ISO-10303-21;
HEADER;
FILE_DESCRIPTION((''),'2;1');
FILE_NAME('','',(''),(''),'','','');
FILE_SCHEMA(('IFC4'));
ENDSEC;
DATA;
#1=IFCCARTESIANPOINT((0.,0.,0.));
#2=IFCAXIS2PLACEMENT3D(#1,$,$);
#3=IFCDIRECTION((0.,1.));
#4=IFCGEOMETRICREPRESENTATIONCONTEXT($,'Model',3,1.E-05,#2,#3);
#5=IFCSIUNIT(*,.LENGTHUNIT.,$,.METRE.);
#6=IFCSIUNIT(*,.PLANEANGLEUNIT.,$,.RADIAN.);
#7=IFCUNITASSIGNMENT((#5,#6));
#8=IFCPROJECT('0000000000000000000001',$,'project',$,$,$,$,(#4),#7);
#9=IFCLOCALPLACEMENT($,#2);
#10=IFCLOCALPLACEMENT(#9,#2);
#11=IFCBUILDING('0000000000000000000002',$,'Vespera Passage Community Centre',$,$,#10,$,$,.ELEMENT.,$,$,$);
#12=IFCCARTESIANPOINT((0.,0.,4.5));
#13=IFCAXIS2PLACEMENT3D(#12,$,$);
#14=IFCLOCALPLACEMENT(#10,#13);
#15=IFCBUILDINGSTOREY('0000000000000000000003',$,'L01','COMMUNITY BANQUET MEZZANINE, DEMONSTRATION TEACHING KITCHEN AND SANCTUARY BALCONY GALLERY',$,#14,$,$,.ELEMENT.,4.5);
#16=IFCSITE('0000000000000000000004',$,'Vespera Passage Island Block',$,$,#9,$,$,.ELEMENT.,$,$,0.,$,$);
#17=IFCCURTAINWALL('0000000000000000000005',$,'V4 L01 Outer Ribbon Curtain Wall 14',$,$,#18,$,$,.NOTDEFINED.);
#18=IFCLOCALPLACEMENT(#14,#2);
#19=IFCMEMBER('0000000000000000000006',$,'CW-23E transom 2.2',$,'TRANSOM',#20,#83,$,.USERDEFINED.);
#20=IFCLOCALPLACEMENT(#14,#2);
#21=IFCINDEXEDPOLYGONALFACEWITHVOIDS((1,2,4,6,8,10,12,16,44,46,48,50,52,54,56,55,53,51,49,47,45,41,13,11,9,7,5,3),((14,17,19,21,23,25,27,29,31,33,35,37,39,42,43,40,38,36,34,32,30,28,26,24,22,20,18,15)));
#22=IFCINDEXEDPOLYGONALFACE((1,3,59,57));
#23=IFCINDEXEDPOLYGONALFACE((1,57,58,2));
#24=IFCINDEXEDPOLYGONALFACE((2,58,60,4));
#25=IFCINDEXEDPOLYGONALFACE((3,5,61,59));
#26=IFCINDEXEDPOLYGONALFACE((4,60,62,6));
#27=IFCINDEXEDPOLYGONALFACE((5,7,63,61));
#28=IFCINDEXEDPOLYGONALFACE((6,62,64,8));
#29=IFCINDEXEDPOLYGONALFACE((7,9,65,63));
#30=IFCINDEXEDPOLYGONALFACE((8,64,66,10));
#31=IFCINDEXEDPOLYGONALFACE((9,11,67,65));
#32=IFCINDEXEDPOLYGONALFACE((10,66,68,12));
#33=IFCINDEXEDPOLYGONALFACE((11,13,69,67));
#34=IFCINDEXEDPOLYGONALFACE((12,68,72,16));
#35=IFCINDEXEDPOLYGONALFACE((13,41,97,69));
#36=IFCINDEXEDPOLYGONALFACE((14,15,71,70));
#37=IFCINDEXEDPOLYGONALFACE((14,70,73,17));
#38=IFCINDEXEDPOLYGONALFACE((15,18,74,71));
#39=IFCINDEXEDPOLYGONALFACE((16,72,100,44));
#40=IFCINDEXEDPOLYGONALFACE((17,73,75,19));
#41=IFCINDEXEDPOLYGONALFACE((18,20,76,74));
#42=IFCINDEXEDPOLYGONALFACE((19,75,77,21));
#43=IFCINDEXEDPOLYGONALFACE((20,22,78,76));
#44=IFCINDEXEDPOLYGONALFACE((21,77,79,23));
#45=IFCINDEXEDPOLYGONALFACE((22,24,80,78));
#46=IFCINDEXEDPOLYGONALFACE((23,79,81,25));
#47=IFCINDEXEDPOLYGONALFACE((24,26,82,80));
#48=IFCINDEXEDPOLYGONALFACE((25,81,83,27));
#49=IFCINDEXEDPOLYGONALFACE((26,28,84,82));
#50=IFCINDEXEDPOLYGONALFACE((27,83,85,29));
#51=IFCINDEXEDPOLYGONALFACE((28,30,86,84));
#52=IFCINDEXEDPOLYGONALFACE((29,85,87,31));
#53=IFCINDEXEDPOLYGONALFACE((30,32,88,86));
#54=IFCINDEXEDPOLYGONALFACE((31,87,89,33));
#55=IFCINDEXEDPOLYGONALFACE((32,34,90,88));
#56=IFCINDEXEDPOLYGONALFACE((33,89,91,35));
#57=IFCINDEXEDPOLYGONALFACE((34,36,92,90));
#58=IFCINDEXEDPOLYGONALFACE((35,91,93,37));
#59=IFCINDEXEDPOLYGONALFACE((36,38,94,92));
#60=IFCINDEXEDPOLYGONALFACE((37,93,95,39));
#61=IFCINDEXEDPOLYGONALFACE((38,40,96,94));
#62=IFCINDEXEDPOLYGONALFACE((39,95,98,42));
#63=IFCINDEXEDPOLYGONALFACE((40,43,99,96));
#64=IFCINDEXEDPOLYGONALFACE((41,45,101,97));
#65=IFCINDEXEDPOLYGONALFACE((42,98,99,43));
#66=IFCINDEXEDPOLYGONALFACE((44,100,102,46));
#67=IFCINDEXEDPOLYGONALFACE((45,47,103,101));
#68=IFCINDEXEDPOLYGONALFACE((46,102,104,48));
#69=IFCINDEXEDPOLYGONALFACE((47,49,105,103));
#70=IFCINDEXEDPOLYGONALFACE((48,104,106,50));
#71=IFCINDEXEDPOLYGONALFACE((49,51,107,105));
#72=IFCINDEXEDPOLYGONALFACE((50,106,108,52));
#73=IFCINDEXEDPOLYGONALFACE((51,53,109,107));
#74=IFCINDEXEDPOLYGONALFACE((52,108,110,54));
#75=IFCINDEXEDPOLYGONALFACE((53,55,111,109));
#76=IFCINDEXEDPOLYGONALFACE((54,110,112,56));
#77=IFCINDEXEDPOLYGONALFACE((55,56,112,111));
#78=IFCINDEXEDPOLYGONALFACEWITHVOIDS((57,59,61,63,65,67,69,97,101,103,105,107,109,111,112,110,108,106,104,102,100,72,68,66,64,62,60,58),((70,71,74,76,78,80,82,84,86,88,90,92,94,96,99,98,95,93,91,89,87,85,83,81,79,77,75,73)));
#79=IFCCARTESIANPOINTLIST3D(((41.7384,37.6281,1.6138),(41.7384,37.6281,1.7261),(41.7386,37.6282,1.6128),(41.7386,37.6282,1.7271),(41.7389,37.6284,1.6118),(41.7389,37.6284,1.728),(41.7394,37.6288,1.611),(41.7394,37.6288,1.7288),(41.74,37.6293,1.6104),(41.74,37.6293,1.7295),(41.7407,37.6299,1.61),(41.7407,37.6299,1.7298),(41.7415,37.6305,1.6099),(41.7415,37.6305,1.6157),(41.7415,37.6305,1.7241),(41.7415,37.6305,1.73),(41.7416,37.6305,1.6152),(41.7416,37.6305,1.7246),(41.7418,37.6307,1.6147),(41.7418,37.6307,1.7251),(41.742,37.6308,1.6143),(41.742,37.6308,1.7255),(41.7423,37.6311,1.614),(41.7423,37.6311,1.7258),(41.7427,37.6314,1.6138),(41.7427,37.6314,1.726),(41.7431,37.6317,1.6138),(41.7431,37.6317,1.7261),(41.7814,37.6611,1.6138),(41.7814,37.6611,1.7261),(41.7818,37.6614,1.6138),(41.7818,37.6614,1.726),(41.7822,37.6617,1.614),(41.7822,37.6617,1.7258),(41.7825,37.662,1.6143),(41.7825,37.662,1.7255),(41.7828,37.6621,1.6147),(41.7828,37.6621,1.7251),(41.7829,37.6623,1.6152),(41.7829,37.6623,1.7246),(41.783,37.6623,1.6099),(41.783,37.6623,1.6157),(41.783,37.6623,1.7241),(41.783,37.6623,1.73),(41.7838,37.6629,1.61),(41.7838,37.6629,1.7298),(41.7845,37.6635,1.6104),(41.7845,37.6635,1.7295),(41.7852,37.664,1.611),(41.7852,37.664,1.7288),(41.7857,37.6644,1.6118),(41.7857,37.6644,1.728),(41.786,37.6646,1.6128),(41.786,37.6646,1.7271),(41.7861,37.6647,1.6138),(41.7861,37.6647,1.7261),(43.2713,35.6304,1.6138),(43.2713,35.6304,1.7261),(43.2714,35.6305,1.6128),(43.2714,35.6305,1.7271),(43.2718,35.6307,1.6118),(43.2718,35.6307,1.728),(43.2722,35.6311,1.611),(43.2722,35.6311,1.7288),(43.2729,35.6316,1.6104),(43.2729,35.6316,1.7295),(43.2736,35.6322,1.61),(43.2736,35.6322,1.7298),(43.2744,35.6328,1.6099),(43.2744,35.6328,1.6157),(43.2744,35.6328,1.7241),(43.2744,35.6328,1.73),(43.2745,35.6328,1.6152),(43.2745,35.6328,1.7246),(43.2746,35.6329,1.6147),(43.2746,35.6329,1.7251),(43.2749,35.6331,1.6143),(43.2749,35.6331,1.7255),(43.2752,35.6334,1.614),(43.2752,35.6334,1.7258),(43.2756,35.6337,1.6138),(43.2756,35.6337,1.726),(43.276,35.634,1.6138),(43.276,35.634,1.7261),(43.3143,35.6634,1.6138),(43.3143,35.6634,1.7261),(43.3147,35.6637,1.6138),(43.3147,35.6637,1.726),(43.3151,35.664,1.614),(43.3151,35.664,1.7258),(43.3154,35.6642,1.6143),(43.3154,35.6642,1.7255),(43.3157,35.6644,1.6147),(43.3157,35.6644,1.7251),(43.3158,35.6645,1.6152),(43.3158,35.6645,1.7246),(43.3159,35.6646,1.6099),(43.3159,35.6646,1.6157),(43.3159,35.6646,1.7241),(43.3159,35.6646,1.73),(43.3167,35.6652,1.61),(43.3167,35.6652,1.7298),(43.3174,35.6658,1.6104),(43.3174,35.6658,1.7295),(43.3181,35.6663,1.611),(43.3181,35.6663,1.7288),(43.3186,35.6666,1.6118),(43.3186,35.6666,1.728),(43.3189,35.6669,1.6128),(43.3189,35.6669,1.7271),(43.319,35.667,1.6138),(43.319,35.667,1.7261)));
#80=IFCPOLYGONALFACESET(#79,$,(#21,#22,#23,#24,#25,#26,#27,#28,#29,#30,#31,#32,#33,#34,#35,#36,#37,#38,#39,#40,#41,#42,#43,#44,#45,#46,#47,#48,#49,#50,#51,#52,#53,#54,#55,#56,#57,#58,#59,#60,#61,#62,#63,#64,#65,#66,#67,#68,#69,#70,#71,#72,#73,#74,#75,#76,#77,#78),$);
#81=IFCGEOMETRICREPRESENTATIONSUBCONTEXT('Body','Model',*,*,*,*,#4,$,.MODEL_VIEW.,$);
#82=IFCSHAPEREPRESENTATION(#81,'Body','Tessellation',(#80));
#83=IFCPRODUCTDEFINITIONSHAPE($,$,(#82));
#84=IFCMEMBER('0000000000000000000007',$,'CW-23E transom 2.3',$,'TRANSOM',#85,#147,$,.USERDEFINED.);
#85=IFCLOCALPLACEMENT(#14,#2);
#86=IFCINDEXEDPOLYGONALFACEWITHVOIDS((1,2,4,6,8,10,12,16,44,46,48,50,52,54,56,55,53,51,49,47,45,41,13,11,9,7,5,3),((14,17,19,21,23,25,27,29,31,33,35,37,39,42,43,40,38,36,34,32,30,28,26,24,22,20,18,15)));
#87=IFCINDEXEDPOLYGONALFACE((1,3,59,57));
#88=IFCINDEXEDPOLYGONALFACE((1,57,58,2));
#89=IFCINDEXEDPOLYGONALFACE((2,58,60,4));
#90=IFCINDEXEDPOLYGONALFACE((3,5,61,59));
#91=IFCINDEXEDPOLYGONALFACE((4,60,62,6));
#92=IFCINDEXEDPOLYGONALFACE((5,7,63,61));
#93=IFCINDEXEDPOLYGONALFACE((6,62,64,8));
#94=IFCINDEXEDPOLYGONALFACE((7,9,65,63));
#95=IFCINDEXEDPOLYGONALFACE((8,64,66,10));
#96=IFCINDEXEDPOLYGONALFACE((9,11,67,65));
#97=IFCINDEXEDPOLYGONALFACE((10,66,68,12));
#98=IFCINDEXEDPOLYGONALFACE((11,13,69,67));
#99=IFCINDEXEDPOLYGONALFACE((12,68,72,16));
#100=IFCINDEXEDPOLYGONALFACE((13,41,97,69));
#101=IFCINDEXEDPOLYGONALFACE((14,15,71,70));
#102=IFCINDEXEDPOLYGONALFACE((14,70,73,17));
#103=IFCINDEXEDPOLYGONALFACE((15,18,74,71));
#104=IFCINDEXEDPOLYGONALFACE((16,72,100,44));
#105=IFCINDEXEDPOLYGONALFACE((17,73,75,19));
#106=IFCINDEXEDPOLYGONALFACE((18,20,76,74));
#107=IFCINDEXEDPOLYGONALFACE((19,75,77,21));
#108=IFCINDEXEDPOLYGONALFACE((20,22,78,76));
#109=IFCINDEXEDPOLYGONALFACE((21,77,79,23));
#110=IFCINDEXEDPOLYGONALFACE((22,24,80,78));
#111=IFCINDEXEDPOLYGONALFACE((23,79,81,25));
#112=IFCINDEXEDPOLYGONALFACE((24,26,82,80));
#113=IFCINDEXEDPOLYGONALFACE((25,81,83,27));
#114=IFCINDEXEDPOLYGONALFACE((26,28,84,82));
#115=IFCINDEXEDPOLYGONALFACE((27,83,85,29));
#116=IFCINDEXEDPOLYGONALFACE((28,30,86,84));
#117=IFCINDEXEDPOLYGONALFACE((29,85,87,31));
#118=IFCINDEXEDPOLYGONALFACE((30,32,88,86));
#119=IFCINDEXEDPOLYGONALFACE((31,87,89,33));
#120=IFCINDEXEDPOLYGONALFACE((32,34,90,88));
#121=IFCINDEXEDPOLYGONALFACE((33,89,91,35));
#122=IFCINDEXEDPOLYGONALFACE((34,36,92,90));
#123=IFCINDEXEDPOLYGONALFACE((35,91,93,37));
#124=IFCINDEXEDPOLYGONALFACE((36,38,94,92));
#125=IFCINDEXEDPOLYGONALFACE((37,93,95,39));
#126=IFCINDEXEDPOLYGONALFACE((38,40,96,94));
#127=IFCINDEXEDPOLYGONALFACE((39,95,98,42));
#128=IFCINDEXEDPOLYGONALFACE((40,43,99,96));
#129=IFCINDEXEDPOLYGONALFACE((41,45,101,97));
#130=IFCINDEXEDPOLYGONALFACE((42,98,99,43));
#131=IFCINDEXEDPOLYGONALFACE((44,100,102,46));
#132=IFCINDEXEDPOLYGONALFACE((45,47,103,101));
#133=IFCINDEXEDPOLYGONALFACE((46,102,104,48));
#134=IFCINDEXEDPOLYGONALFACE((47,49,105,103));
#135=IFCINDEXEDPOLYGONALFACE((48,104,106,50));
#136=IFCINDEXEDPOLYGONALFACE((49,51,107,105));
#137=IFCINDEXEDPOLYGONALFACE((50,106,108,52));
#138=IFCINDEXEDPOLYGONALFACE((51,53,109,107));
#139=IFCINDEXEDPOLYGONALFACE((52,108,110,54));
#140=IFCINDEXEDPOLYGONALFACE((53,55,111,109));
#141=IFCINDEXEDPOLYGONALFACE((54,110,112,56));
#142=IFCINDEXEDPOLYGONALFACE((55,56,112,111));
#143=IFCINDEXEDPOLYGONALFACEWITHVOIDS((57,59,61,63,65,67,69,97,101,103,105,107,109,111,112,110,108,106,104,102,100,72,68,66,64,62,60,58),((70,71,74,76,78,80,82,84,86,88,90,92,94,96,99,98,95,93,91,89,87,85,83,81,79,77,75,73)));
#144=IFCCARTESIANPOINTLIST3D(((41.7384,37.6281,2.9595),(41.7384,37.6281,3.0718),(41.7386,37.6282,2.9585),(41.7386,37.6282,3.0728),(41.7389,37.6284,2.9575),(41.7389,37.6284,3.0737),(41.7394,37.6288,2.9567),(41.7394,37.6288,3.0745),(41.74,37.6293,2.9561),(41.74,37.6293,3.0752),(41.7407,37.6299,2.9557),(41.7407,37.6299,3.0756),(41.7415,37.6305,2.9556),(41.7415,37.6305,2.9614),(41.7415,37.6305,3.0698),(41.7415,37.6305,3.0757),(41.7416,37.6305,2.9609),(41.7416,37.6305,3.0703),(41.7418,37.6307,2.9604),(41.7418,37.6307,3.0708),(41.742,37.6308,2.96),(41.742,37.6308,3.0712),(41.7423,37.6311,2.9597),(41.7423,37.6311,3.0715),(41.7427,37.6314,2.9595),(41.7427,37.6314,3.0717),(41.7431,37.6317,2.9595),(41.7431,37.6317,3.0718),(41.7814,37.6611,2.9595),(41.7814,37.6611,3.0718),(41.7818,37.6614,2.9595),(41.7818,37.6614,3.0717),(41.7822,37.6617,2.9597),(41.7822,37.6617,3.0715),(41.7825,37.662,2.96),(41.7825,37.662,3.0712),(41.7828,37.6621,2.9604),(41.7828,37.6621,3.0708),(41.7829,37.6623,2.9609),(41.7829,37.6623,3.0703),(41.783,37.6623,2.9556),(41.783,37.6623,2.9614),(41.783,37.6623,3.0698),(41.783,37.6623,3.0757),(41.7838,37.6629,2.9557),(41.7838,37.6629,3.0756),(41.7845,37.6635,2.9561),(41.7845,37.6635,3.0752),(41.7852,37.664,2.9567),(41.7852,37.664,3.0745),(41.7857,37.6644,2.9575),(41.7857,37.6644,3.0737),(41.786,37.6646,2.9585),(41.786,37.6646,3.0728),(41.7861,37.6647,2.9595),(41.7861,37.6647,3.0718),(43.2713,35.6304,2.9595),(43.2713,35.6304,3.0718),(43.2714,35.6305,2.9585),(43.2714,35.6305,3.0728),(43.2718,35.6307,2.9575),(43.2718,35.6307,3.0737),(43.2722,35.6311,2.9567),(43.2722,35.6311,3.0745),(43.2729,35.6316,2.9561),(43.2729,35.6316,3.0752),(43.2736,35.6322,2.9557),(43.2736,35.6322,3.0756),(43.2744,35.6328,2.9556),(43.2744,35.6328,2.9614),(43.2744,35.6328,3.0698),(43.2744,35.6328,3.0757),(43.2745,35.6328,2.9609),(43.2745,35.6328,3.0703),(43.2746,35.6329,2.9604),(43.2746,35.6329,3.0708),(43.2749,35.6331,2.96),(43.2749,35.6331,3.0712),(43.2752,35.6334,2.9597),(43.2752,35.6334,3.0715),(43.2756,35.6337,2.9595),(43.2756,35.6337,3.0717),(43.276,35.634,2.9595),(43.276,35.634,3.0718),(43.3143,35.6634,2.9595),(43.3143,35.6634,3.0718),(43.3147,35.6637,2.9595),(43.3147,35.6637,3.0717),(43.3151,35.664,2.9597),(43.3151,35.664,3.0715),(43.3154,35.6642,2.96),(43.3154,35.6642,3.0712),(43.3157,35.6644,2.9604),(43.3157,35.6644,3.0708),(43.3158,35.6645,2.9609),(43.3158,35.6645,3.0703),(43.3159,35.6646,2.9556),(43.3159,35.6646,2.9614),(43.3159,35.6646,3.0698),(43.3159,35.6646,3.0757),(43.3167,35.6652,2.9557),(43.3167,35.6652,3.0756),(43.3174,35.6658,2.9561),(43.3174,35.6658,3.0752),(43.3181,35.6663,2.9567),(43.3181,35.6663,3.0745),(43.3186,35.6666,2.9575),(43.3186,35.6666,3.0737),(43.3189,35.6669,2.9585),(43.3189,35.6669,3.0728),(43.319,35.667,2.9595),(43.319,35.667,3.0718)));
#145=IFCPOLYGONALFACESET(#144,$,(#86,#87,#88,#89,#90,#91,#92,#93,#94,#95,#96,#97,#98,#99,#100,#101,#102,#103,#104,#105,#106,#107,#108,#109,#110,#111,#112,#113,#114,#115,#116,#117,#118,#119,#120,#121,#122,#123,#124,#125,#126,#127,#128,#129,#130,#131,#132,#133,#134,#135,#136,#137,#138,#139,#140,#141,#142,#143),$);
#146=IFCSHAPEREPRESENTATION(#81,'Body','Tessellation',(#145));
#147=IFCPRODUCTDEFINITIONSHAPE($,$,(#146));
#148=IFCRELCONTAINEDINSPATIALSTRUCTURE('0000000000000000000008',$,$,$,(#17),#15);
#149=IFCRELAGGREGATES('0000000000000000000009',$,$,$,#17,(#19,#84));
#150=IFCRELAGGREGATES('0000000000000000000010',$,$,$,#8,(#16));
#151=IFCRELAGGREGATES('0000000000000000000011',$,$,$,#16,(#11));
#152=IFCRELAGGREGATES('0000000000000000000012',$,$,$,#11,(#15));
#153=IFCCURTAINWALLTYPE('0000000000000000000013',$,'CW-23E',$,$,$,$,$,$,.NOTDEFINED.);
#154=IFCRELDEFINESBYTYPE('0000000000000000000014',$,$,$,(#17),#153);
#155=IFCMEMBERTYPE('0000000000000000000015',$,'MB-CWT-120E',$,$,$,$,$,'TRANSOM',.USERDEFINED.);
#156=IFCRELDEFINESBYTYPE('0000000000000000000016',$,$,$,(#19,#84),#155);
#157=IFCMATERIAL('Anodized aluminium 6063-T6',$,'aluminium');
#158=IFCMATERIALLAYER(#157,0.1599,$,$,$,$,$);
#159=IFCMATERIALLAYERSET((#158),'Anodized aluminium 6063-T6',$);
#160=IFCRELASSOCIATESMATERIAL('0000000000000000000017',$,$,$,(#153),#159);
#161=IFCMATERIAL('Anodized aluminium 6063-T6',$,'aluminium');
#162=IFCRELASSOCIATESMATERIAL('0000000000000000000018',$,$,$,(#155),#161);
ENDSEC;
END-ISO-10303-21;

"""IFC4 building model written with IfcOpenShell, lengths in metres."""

from ifc_helpers import new_model, si_unit, direction, frame, origin, origin_2d, place, context, subcontext, project, spatial, hollow_rectangle, extrude, material, layer, layer_set, material_profile, profile_set, type_object, element, aggregate, save


model = new_model("IFC4")

# Units and contexts
model_context = context("Model", 3, precision=1e-05, world=origin(), true_north=direction((0.0, 1.0)))
body_context = subcontext(model_context, "Body", "Model", "MODEL_VIEW")
ifc_project = project(units=[si_unit("LENGTHUNIT", "METRE"), si_unit("PLANEANGLEUNIT", "RADIAN")], contexts=[model_context])

# Site, building, storey
site_placement = place(None, origin())
site = spatial("IfcSite", under=ifc_project, at=site_placement, Name="Vespera Passage Island Block", CompositionType="ELEMENT", RefElevation=0.0)
building_placement = place(site_placement, origin())
building = spatial("IfcBuilding", under=site, at=building_placement, Name="Vespera Passage Community Centre", CompositionType="ELEMENT")
storey_placement = place(building_placement, frame((0.0, 0.0, 4.5)))
storey = spatial("IfcBuildingStorey", under=building, at=storey_placement, Name="L01", Description="COMMUNITY BANQUET MEZZANINE, DEMONSTRATION TEACHING KITCHEN AND SANCTUARY BALCONY GALLERY", CompositionType="ELEMENT", Elevation=4.5)

# Curtain wall, members
ifc_material_1 = material(Name="Anodized aluminium 6063-T6", Category="aluminium")
ifc_layer_1 = layer(ifc_material_1, 0.1599)
ifc_layer_set_1 = layer_set([ifc_layer_1], Name="Anodized aluminium 6063-T6")
curtain_wall_type = type_object("IfcCurtainWallType", Name="CW-23E", PredefinedType="NOTDEFINED", material=ifc_layer_set_1)
curtain_wall_placement = place(storey_placement, origin())
curtain_wall = element("IfcCurtainWall", 1, at=curtain_wall_placement, inside=storey, type_object=curtain_wall_type, Name="V4 L01 Outer Ribbon Curtain Wall 14", PredefinedType="NOTDEFINED")
ifc_material_2 = material(Name="Anodized aluminium 6063-T6", Category="aluminium")
ifc_material_profile_1 = material_profile(ifc_material_2, hollow_rectangle(XDim=0.0601, YDim=0.1201, WallThickness=0.0039, InnerFilletRadius=0.002, OuterFilletRadius=0.0039, at=origin_2d()), Name="ALU120X60X4")
ifc_profile_set_1 = profile_set([ifc_material_profile_1], Name="Anodized aluminium 6063-T6")
member_type_1 = type_object("IfcMemberType", Name="MB-CWT-120E", ElementType="TRANSOM", PredefinedType="USERDEFINED", material=ifc_profile_set_1)
member_1_placement = place(storey_placement, frame((43.2952, 35.6487, 1.6699), z_axis=(-0.608759, 0.793355, 0.0), x_axis=(-0.793355, -0.608759, 0.0)))
member_1 = element("IfcMember", 2, at=member_1_placement, type_object=member_type_1, Name="CW-23E transom 2.2", ObjectType="TRANSOM", PredefinedType="USERDEFINED", context=body_context, shape_type="SweptSolid", body=[
    extrude(hollow_rectangle(XDim=0.0601, YDim=0.1201, WallThickness=0.0039, InnerFilletRadius=0.002, OuterFilletRadius=0.0039, at=origin_2d()), origin(), (0.0, 0.0, 1.0), 2.5181),
])
member_2_placement = place(storey_placement, frame((43.2952, 35.6487, 3.0156), z_axis=(-0.608759, 0.793355, 0.0), x_axis=(-0.793355, -0.608759, 0.0)))
member_2 = element("IfcMember", 3, at=member_2_placement, type_object=member_type_1, Name="CW-23E transom 2.3", ObjectType="TRANSOM", PredefinedType="USERDEFINED", context=body_context, shape_type="SweptSolid", body=[
    extrude(hollow_rectangle(XDim=0.0601, YDim=0.1201, WallThickness=0.0039, InnerFilletRadius=0.002, OuterFilletRadius=0.0039, at=origin_2d()), origin(), (0.0, 0.0, 1.0), 2.5181),
])
aggregate(curtain_wall, [member_1, member_2])

save(model, "model.ifc")
